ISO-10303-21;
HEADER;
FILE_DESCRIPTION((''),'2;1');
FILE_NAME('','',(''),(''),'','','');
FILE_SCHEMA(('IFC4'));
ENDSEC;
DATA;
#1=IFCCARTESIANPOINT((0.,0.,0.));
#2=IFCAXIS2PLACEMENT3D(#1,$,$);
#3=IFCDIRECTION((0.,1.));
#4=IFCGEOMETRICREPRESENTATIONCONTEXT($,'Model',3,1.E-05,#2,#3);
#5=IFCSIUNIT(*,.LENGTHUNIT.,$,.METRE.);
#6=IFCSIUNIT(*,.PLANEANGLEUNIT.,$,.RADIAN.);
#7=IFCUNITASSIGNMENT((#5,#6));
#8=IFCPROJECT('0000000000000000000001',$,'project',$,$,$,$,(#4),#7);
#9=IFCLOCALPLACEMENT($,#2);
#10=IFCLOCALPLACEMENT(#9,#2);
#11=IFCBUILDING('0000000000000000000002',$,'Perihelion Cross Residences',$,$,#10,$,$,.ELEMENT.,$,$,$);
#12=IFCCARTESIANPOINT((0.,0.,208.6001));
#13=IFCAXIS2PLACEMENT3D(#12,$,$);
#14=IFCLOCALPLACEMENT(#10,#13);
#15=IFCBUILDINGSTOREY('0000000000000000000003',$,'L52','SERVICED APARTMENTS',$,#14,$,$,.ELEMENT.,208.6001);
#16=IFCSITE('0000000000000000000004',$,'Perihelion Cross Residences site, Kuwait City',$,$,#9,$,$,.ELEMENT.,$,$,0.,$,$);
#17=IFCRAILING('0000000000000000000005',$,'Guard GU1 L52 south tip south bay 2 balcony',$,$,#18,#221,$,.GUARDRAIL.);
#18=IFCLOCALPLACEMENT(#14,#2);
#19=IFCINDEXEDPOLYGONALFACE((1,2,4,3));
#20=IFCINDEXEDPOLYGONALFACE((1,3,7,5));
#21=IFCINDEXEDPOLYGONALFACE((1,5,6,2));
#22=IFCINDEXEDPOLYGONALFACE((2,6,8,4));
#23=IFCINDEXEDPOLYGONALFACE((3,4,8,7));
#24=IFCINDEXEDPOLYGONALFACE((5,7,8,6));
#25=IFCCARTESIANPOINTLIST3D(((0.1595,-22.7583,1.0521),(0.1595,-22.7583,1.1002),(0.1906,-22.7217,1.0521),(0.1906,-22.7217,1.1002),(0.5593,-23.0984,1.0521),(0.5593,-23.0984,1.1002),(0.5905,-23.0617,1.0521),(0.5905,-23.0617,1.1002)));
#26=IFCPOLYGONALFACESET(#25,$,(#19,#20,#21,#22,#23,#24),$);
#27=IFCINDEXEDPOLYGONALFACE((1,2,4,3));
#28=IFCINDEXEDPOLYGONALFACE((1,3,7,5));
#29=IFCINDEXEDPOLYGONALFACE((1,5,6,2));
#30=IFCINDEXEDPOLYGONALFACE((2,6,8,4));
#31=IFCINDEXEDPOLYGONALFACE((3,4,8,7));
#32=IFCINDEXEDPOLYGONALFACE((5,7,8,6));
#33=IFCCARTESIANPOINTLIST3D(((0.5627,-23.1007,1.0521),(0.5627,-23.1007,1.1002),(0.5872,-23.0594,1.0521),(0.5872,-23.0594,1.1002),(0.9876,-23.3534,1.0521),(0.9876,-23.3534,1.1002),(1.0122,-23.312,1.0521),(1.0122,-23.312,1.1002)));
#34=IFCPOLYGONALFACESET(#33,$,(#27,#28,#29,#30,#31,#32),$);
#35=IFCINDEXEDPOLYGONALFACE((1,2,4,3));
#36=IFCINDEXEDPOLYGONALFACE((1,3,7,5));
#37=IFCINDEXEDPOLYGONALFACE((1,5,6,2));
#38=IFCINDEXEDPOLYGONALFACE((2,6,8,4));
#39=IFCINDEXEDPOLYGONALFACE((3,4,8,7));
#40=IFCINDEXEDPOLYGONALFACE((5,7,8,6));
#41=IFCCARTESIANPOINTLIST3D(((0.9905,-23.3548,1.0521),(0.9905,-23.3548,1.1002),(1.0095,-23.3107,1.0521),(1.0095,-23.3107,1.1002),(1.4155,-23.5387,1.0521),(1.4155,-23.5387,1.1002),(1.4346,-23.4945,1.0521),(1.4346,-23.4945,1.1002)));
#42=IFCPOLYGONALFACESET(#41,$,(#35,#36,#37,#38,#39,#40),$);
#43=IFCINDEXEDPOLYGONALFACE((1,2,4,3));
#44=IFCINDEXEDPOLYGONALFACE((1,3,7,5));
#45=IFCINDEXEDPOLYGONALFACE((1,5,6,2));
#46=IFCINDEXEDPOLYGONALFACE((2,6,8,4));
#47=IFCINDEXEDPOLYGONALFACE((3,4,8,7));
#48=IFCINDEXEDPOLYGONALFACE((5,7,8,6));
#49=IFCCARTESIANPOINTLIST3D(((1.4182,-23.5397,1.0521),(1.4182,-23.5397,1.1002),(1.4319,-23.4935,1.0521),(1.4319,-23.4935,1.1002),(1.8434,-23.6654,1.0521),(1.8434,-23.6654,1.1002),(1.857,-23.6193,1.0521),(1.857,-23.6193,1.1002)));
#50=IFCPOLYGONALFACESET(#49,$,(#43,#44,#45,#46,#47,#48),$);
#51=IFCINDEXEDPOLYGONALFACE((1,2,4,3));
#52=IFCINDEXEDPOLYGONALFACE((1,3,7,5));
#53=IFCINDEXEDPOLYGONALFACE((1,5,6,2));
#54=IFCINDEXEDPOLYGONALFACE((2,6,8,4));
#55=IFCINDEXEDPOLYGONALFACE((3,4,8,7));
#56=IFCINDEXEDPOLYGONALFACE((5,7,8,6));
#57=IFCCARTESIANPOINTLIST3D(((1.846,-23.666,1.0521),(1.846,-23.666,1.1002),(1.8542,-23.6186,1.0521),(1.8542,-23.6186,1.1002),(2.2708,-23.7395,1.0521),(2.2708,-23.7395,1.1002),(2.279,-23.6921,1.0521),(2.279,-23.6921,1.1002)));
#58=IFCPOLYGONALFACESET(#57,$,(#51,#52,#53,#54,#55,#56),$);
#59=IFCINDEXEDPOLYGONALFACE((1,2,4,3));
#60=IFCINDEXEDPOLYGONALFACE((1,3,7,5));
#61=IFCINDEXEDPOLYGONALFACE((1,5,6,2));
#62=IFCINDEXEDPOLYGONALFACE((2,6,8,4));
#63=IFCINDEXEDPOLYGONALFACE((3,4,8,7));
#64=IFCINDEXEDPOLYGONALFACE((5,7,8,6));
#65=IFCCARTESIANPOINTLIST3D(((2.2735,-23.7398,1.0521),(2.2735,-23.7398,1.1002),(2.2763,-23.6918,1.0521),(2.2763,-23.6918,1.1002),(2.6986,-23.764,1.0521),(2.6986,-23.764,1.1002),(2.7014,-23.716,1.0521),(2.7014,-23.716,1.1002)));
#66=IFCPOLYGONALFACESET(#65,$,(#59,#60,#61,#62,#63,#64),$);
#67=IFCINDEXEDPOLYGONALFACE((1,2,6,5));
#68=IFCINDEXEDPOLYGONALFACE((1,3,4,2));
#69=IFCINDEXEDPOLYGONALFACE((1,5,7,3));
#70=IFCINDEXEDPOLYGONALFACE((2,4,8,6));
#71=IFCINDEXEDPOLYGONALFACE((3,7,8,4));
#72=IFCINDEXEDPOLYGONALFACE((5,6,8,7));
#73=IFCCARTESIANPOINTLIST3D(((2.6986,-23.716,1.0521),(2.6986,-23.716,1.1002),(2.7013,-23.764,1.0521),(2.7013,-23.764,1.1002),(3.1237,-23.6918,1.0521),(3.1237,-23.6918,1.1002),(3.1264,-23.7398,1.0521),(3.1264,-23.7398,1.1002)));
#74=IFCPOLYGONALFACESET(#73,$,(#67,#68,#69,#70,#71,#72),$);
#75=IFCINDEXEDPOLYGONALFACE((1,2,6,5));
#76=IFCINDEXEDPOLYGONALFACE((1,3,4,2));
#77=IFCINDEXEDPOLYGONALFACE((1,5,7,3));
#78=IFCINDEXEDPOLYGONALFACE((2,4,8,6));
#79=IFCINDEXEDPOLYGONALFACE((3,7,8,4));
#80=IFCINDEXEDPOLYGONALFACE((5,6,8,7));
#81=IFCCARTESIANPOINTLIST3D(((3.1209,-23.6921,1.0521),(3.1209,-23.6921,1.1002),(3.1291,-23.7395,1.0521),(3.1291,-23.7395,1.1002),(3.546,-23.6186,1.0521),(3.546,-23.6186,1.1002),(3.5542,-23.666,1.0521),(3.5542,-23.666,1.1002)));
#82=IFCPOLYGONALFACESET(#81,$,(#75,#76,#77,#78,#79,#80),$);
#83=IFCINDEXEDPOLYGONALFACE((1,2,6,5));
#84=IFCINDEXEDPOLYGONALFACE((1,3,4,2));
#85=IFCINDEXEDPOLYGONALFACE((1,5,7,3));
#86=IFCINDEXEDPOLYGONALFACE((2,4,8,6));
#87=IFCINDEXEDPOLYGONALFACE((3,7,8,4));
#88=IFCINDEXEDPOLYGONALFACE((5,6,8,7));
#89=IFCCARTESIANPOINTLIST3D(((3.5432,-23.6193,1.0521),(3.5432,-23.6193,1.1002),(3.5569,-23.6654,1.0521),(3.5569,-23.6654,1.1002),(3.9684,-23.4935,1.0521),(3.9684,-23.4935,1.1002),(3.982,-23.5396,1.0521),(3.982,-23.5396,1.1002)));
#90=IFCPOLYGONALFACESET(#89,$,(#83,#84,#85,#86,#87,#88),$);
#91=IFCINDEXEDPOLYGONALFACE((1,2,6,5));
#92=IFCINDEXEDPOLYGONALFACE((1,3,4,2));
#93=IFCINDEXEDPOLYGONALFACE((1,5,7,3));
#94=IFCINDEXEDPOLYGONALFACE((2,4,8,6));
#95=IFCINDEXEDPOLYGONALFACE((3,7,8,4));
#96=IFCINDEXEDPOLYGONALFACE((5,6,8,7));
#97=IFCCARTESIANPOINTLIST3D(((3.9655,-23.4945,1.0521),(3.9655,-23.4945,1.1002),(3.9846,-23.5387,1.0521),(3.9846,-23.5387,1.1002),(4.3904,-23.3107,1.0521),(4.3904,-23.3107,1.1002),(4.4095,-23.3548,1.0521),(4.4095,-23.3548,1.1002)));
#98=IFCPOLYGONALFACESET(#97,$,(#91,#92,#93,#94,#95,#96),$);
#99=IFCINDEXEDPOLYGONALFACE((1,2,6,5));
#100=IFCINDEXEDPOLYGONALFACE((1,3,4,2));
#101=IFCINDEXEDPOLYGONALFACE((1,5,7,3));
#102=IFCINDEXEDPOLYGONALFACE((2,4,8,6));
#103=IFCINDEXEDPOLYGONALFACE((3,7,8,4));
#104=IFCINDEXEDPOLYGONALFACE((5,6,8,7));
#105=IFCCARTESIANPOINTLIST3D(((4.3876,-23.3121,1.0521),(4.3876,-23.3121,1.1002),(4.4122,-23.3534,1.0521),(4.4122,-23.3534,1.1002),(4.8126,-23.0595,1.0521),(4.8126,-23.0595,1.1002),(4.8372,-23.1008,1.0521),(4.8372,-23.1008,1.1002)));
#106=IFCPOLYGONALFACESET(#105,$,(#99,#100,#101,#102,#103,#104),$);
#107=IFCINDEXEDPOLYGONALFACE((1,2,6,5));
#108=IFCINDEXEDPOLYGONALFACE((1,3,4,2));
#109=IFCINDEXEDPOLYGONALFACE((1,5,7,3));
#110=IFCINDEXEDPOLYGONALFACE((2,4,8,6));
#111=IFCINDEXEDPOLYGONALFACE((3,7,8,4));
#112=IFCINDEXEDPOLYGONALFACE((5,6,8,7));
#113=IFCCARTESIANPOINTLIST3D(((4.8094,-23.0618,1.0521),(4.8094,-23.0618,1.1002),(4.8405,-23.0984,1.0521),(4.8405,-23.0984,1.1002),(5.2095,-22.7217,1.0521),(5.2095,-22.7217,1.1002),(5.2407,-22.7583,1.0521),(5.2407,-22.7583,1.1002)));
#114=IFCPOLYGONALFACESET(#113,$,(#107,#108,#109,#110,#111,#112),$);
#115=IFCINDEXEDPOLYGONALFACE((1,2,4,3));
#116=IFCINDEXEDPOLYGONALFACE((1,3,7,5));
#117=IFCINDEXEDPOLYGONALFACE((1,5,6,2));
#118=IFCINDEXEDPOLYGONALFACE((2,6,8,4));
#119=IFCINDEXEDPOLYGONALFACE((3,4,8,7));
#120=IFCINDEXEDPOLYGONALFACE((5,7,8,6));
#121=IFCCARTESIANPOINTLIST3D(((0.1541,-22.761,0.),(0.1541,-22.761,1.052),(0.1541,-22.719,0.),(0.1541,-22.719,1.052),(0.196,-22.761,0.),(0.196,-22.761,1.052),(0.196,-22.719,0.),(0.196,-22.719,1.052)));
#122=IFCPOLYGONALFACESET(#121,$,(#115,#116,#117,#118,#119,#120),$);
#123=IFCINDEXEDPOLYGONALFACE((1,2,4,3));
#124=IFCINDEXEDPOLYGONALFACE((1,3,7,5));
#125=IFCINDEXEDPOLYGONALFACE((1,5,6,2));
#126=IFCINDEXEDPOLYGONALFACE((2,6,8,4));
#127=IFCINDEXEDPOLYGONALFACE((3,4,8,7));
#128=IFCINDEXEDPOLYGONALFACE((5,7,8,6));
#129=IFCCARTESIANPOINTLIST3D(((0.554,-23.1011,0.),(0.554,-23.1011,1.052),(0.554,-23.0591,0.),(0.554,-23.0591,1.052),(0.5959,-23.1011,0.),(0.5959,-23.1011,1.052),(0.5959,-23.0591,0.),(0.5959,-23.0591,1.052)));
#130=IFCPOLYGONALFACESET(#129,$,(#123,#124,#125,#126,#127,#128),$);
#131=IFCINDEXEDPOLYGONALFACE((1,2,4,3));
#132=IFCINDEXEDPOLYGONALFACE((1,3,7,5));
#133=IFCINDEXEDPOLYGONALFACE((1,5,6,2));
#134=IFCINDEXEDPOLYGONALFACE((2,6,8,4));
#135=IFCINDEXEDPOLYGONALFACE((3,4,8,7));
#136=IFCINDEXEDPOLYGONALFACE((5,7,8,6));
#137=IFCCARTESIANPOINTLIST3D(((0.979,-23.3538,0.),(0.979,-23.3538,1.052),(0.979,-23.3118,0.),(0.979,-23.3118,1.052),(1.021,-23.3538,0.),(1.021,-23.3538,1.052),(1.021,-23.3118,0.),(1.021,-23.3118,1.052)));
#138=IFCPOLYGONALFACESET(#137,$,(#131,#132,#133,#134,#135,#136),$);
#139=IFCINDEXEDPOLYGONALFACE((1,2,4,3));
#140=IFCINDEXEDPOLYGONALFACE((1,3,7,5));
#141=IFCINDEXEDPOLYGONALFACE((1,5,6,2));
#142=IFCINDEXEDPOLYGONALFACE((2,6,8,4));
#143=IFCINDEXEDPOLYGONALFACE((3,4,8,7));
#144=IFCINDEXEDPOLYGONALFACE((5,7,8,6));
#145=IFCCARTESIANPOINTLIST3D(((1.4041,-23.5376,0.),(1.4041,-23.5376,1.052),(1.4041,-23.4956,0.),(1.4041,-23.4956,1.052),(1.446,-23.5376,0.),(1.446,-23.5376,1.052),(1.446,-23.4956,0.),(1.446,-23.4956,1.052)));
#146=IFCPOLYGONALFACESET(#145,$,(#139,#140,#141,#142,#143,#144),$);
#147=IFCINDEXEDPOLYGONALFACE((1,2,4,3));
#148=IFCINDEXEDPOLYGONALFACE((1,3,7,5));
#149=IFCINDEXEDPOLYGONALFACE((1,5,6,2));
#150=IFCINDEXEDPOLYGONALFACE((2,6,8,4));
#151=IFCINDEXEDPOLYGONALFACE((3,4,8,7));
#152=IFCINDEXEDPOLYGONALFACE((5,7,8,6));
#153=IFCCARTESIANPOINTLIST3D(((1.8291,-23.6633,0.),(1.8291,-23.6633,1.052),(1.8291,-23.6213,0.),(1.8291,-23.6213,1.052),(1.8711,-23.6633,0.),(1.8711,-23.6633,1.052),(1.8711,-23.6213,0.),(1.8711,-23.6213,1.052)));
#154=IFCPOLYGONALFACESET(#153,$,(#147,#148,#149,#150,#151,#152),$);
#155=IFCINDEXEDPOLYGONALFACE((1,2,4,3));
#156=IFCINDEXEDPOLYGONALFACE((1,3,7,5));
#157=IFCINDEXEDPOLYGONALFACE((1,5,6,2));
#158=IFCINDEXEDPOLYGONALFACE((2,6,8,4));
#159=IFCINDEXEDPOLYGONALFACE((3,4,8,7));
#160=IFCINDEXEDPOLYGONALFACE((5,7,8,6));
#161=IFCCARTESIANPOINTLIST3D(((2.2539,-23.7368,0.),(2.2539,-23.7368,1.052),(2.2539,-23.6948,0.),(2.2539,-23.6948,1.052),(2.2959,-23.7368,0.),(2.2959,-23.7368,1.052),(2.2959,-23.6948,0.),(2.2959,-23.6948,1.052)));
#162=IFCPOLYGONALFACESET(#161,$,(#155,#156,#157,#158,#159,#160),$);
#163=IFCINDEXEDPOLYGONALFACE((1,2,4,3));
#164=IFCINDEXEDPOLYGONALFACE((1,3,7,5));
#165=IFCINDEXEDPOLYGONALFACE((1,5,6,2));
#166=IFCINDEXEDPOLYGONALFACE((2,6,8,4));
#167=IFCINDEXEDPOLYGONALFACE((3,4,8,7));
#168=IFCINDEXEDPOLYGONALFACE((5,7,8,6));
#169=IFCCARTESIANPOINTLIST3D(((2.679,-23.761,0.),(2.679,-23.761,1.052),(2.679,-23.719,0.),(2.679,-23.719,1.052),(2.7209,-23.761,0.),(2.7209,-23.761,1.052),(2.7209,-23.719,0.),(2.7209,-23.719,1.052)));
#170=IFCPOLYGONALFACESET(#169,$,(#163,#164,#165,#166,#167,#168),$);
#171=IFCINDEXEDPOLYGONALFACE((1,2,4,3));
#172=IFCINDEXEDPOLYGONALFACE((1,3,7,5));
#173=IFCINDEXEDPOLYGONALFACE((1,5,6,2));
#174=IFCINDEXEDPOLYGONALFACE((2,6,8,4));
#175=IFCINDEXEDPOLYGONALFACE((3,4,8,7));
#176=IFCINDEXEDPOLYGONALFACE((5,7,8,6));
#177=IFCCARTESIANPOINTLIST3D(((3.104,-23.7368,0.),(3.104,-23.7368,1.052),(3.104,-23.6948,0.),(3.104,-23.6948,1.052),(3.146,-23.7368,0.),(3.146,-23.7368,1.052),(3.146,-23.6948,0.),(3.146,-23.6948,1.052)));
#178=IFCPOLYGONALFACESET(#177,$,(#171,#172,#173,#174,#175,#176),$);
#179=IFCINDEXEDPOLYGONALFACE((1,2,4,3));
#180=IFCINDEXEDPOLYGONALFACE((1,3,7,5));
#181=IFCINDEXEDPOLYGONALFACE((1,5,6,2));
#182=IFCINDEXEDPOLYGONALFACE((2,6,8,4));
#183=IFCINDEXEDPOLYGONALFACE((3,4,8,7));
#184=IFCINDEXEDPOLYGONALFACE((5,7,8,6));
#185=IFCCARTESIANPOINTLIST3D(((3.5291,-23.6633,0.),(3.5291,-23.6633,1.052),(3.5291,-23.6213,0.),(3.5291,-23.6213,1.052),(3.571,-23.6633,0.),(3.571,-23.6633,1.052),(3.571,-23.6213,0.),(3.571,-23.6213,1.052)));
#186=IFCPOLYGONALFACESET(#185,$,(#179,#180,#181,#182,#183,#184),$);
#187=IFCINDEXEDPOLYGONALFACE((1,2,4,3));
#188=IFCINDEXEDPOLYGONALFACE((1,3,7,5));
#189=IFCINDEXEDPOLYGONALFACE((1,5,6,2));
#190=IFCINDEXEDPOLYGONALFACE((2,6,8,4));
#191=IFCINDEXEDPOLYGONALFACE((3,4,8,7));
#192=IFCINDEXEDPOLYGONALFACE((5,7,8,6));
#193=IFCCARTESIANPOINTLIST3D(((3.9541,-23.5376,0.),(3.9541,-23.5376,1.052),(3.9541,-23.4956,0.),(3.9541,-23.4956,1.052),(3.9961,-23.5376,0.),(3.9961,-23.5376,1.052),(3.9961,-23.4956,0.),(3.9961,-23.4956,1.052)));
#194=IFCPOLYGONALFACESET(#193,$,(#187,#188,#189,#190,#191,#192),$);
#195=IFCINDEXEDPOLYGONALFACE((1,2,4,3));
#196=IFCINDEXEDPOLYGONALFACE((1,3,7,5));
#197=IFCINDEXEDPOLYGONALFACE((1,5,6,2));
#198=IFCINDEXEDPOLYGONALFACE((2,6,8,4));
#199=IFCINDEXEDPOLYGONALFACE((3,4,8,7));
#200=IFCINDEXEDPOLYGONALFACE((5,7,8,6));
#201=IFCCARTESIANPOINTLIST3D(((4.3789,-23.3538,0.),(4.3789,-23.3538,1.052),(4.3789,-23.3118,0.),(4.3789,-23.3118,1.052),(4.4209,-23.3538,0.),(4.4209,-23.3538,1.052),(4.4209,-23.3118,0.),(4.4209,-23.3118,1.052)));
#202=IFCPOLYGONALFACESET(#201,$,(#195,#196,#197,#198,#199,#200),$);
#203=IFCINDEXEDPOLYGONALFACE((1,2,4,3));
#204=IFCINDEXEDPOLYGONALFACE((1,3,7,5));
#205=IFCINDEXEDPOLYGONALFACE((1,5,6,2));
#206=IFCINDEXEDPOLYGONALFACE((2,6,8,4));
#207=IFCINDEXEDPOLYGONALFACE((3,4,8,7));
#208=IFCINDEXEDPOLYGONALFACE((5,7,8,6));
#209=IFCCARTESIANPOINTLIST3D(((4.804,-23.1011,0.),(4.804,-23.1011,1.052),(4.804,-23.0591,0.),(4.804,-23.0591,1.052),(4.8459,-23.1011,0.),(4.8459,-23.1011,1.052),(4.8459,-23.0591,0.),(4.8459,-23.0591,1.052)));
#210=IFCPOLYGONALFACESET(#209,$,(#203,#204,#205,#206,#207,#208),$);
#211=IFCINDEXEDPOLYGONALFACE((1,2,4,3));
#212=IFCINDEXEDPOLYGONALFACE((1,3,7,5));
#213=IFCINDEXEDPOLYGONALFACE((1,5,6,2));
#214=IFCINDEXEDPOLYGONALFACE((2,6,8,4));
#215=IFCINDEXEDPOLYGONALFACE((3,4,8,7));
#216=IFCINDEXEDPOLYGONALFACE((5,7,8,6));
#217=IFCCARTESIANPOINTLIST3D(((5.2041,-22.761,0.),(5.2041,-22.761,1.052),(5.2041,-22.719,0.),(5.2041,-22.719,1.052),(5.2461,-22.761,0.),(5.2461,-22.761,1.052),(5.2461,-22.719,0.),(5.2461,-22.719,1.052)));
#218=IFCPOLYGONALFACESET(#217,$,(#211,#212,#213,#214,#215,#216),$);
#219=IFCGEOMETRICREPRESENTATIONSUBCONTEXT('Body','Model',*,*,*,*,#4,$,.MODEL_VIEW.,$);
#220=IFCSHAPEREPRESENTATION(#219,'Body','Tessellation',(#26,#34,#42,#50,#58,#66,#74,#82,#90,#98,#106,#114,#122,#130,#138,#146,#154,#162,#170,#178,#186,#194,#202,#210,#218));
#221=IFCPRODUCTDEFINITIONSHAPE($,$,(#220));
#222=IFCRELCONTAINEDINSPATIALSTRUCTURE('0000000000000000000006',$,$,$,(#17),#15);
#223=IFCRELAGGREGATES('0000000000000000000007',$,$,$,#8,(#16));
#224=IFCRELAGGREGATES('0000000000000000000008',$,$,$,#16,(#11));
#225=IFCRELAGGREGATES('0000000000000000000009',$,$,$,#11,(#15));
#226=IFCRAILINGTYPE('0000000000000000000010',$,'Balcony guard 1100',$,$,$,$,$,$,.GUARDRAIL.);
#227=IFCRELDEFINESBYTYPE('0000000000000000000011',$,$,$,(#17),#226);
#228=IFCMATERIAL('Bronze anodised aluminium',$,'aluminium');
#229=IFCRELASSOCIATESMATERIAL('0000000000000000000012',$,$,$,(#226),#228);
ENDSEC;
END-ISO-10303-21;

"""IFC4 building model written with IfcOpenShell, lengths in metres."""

from ifc_helpers import new_model, si_unit, direction, frame, origin, origin_2d, place, context, subcontext, project, spatial, rectangle, extrude, material, type_object, element, save


model = new_model("IFC4")

# Units and contexts
model_context = context("Model", 3, precision=1e-05, world=origin(), true_north=direction((0.0, 1.0)))
body_context = subcontext(model_context, "Body", "Model", "MODEL_VIEW")
ifc_project = project(units=[si_unit("LENGTHUNIT", "METRE"), si_unit("PLANEANGLEUNIT", "RADIAN")], contexts=[model_context])

# Site, building, storey
site_placement = place(None, origin())
site = spatial("IfcSite", under=ifc_project, at=site_placement, Name="Perihelion Cross Residences site, Kuwait City", CompositionType="ELEMENT", RefElevation=0.0)
building_placement = place(site_placement, origin())
building = spatial("IfcBuilding", under=site, at=building_placement, Name="Perihelion Cross Residences", CompositionType="ELEMENT")
storey_placement = place(building_placement, frame((0.0, 0.0, 208.6001)))
storey = spatial("IfcBuildingStorey", under=building, at=storey_placement, Name="L52", Description="SERVICED APARTMENTS", CompositionType="ELEMENT", Elevation=208.6001)

# Railing
ifc_material_1 = material(Name="Bronze anodised aluminium", Category="aluminium")
railing_type = type_object("IfcRailingType", Name="Balcony guard 1100", PredefinedType="GUARDRAIL", material=ifc_material_1)
railing_placement = place(storey_placement, frame((0.175, -22.74, 0.0)))
element("IfcRailing", 1, at=railing_placement, inside=storey, type_object=railing_type, Name="Guard GU1 L52 south tip south bay 2 balcony", PredefinedType="GUARDRAIL", context=body_context, shape_type="SweptSolid", body=[
    extrude(rectangle(XDim=0.0481, YDim=0.0481, at=origin_2d()), frame((0.0, 0.0, 1.0762), z_axis=(0.761779, -0.647837, 0.0), x_axis=(0.647837, 0.761779, 0.0)), (0.0, 0.0, 1.0), 0.5249),
    extrude(rectangle(XDim=0.0481, YDim=0.0481, at=origin_2d()), frame((0.3999, -0.3401, 1.0762), z_axis=(0.859577, -0.511006, 0.0), x_axis=(0.511006, 0.859577, 0.0)), (0.0, 0.0, 1.0), 0.4944),
    extrude(rectangle(XDim=0.0481, YDim=0.0481, at=origin_2d()), frame((0.825, -0.5928, 1.0762), z_axis=(0.917831, -0.396971, 0.0), x_axis=(0.396971, 0.917831, 0.0)), (0.0, 0.0, 1.0), 0.4631),
    extrude(rectangle(XDim=0.0481, YDim=0.0481, at=origin_2d()), frame((1.25, -0.7766, 1.0762), z_axis=(0.958926, -0.283657, 0.0), x_axis=(0.283657, 0.958926, 0.0)), (0.0, 0.0, 1.0), 0.4434),
    extrude(rectangle(XDim=0.0481, YDim=0.0481, at=origin_2d()), frame((1.675, -0.9023, 1.0762), z_axis=(0.985365, -0.170457, 0.0), x_axis=(0.170457, 0.985365, 0.0)), (0.0, 0.0, 1.0), 0.4312),
    extrude(rectangle(XDim=0.0481, YDim=0.0481, at=origin_2d()), frame((2.0999, -0.9758, 1.0762), z_axis=(0.998387, -0.056772, 0.0), x_axis=(0.056772, 0.998387, 0.0)), (0.0, 0.0, 1.0), 0.4258),
    extrude(rectangle(XDim=0.0481, YDim=0.0481, at=origin_2d()), frame((2.5249, -1.0, 1.0762), z_axis=(0.998387, 0.056772, 0.0), x_axis=(-0.056772, 0.998387, 0.0)), (0.0, 0.0, 1.0), 0.4258),
    extrude(rectangle(XDim=0.0481, YDim=0.0481, at=origin_2d()), frame((2.95, -0.9758, 1.0762), z_axis=(0.985382, 0.170362, 0.0), x_axis=(-0.170362, 0.985382, 0.0)), (0.0, 0.0, 1.0), 0.4314),
    extrude(rectangle(XDim=0.0481, YDim=0.0481, at=origin_2d()), frame((3.375, -0.9023, 1.0762), z_axis=(0.958926, 0.283657, 0.0), x_axis=(-0.283657, 0.958926, 0.0)), (0.0, 0.0, 1.0), 0.4434),
    extrude(rectangle(XDim=0.0481, YDim=0.0481, at=origin_2d()), frame((3.8, -0.7766, 1.0762), z_axis=(0.917748, 0.397163, 0.0), x_axis=(-0.397163, 0.917748, 0.0)), (0.0, 0.0, 1.0), 0.4629),
    extrude(rectangle(XDim=0.0481, YDim=0.0481, at=origin_2d()), frame((4.2249, -0.5928, 1.0762), z_axis=(0.859577, 0.511006, 0.0), x_axis=(-0.511006, 0.859577, 0.0)), (0.0, 0.0, 1.0), 0.4944),
    extrude(rectangle(XDim=0.0481, YDim=0.0481, at=origin_2d()), frame((4.6499, -0.3401, 1.0762), z_axis=(0.761974, 0.647608, 0.0), x_axis=(-0.647608, 0.761974, 0.0)), (0.0, 0.0, 1.0), 0.5251),
    extrude(rectangle(XDim=0.042, YDim=0.042, at=origin_2d()), origin(), (0.0, 0.0, 1.0), 1.052),
    extrude(rectangle(XDim=0.042, YDim=0.042, at=origin_2d()), frame((0.3999, -0.3401, 0.0)), (0.0, 0.0, 1.0), 1.052),
    extrude(rectangle(XDim=0.042, YDim=0.042, at=origin_2d()), frame((0.825, -0.5928, 0.0)), (0.0, 0.0, 1.0), 1.052),
    extrude(rectangle(XDim=0.042, YDim=0.042, at=origin_2d()), frame((1.25, -0.7766, 0.0)), (0.0, 0.0, 1.0), 1.052),
    extrude(rectangle(XDim=0.042, YDim=0.042, at=origin_2d()), frame((1.675, -0.9023, 0.0)), (0.0, 0.0, 1.0), 1.052),
    extrude(rectangle(XDim=0.042, YDim=0.042, at=origin_2d()), frame((2.0999, -0.9758, 0.0)), (0.0, 0.0, 1.0), 1.052),
    extrude(rectangle(XDim=0.042, YDim=0.042, at=origin_2d()), frame((2.5249, -1.0, 0.0)), (0.0, 0.0, 1.0), 1.052),
    extrude(rectangle(XDim=0.042, YDim=0.042, at=origin_2d()), frame((2.95, -0.9758, 0.0)), (0.0, 0.0, 1.0), 1.052),
    extrude(rectangle(XDim=0.042, YDim=0.042, at=origin_2d()), frame((3.375, -0.9023, 0.0)), (0.0, 0.0, 1.0), 1.052),
    extrude(rectangle(XDim=0.042, YDim=0.042, at=origin_2d()), frame((3.8, -0.7766, 0.0)), (0.0, 0.0, 1.0), 1.052),
    extrude(rectangle(XDim=0.042, YDim=0.042, at=origin_2d()), frame((4.2249, -0.5928, 0.0)), (0.0, 0.0, 1.0), 1.052),
    extrude(rectangle(XDim=0.042, YDim=0.042, at=origin_2d()), frame((4.6499, -0.3401, 0.0)), (0.0, 0.0, 1.0), 1.052),
    extrude(rectangle(XDim=0.042, YDim=0.042, at=origin_2d()), frame((5.05, 0.0, 0.0)), (0.0, 0.0, 1.0), 1.052),
])

save(model, "model.ifc")
